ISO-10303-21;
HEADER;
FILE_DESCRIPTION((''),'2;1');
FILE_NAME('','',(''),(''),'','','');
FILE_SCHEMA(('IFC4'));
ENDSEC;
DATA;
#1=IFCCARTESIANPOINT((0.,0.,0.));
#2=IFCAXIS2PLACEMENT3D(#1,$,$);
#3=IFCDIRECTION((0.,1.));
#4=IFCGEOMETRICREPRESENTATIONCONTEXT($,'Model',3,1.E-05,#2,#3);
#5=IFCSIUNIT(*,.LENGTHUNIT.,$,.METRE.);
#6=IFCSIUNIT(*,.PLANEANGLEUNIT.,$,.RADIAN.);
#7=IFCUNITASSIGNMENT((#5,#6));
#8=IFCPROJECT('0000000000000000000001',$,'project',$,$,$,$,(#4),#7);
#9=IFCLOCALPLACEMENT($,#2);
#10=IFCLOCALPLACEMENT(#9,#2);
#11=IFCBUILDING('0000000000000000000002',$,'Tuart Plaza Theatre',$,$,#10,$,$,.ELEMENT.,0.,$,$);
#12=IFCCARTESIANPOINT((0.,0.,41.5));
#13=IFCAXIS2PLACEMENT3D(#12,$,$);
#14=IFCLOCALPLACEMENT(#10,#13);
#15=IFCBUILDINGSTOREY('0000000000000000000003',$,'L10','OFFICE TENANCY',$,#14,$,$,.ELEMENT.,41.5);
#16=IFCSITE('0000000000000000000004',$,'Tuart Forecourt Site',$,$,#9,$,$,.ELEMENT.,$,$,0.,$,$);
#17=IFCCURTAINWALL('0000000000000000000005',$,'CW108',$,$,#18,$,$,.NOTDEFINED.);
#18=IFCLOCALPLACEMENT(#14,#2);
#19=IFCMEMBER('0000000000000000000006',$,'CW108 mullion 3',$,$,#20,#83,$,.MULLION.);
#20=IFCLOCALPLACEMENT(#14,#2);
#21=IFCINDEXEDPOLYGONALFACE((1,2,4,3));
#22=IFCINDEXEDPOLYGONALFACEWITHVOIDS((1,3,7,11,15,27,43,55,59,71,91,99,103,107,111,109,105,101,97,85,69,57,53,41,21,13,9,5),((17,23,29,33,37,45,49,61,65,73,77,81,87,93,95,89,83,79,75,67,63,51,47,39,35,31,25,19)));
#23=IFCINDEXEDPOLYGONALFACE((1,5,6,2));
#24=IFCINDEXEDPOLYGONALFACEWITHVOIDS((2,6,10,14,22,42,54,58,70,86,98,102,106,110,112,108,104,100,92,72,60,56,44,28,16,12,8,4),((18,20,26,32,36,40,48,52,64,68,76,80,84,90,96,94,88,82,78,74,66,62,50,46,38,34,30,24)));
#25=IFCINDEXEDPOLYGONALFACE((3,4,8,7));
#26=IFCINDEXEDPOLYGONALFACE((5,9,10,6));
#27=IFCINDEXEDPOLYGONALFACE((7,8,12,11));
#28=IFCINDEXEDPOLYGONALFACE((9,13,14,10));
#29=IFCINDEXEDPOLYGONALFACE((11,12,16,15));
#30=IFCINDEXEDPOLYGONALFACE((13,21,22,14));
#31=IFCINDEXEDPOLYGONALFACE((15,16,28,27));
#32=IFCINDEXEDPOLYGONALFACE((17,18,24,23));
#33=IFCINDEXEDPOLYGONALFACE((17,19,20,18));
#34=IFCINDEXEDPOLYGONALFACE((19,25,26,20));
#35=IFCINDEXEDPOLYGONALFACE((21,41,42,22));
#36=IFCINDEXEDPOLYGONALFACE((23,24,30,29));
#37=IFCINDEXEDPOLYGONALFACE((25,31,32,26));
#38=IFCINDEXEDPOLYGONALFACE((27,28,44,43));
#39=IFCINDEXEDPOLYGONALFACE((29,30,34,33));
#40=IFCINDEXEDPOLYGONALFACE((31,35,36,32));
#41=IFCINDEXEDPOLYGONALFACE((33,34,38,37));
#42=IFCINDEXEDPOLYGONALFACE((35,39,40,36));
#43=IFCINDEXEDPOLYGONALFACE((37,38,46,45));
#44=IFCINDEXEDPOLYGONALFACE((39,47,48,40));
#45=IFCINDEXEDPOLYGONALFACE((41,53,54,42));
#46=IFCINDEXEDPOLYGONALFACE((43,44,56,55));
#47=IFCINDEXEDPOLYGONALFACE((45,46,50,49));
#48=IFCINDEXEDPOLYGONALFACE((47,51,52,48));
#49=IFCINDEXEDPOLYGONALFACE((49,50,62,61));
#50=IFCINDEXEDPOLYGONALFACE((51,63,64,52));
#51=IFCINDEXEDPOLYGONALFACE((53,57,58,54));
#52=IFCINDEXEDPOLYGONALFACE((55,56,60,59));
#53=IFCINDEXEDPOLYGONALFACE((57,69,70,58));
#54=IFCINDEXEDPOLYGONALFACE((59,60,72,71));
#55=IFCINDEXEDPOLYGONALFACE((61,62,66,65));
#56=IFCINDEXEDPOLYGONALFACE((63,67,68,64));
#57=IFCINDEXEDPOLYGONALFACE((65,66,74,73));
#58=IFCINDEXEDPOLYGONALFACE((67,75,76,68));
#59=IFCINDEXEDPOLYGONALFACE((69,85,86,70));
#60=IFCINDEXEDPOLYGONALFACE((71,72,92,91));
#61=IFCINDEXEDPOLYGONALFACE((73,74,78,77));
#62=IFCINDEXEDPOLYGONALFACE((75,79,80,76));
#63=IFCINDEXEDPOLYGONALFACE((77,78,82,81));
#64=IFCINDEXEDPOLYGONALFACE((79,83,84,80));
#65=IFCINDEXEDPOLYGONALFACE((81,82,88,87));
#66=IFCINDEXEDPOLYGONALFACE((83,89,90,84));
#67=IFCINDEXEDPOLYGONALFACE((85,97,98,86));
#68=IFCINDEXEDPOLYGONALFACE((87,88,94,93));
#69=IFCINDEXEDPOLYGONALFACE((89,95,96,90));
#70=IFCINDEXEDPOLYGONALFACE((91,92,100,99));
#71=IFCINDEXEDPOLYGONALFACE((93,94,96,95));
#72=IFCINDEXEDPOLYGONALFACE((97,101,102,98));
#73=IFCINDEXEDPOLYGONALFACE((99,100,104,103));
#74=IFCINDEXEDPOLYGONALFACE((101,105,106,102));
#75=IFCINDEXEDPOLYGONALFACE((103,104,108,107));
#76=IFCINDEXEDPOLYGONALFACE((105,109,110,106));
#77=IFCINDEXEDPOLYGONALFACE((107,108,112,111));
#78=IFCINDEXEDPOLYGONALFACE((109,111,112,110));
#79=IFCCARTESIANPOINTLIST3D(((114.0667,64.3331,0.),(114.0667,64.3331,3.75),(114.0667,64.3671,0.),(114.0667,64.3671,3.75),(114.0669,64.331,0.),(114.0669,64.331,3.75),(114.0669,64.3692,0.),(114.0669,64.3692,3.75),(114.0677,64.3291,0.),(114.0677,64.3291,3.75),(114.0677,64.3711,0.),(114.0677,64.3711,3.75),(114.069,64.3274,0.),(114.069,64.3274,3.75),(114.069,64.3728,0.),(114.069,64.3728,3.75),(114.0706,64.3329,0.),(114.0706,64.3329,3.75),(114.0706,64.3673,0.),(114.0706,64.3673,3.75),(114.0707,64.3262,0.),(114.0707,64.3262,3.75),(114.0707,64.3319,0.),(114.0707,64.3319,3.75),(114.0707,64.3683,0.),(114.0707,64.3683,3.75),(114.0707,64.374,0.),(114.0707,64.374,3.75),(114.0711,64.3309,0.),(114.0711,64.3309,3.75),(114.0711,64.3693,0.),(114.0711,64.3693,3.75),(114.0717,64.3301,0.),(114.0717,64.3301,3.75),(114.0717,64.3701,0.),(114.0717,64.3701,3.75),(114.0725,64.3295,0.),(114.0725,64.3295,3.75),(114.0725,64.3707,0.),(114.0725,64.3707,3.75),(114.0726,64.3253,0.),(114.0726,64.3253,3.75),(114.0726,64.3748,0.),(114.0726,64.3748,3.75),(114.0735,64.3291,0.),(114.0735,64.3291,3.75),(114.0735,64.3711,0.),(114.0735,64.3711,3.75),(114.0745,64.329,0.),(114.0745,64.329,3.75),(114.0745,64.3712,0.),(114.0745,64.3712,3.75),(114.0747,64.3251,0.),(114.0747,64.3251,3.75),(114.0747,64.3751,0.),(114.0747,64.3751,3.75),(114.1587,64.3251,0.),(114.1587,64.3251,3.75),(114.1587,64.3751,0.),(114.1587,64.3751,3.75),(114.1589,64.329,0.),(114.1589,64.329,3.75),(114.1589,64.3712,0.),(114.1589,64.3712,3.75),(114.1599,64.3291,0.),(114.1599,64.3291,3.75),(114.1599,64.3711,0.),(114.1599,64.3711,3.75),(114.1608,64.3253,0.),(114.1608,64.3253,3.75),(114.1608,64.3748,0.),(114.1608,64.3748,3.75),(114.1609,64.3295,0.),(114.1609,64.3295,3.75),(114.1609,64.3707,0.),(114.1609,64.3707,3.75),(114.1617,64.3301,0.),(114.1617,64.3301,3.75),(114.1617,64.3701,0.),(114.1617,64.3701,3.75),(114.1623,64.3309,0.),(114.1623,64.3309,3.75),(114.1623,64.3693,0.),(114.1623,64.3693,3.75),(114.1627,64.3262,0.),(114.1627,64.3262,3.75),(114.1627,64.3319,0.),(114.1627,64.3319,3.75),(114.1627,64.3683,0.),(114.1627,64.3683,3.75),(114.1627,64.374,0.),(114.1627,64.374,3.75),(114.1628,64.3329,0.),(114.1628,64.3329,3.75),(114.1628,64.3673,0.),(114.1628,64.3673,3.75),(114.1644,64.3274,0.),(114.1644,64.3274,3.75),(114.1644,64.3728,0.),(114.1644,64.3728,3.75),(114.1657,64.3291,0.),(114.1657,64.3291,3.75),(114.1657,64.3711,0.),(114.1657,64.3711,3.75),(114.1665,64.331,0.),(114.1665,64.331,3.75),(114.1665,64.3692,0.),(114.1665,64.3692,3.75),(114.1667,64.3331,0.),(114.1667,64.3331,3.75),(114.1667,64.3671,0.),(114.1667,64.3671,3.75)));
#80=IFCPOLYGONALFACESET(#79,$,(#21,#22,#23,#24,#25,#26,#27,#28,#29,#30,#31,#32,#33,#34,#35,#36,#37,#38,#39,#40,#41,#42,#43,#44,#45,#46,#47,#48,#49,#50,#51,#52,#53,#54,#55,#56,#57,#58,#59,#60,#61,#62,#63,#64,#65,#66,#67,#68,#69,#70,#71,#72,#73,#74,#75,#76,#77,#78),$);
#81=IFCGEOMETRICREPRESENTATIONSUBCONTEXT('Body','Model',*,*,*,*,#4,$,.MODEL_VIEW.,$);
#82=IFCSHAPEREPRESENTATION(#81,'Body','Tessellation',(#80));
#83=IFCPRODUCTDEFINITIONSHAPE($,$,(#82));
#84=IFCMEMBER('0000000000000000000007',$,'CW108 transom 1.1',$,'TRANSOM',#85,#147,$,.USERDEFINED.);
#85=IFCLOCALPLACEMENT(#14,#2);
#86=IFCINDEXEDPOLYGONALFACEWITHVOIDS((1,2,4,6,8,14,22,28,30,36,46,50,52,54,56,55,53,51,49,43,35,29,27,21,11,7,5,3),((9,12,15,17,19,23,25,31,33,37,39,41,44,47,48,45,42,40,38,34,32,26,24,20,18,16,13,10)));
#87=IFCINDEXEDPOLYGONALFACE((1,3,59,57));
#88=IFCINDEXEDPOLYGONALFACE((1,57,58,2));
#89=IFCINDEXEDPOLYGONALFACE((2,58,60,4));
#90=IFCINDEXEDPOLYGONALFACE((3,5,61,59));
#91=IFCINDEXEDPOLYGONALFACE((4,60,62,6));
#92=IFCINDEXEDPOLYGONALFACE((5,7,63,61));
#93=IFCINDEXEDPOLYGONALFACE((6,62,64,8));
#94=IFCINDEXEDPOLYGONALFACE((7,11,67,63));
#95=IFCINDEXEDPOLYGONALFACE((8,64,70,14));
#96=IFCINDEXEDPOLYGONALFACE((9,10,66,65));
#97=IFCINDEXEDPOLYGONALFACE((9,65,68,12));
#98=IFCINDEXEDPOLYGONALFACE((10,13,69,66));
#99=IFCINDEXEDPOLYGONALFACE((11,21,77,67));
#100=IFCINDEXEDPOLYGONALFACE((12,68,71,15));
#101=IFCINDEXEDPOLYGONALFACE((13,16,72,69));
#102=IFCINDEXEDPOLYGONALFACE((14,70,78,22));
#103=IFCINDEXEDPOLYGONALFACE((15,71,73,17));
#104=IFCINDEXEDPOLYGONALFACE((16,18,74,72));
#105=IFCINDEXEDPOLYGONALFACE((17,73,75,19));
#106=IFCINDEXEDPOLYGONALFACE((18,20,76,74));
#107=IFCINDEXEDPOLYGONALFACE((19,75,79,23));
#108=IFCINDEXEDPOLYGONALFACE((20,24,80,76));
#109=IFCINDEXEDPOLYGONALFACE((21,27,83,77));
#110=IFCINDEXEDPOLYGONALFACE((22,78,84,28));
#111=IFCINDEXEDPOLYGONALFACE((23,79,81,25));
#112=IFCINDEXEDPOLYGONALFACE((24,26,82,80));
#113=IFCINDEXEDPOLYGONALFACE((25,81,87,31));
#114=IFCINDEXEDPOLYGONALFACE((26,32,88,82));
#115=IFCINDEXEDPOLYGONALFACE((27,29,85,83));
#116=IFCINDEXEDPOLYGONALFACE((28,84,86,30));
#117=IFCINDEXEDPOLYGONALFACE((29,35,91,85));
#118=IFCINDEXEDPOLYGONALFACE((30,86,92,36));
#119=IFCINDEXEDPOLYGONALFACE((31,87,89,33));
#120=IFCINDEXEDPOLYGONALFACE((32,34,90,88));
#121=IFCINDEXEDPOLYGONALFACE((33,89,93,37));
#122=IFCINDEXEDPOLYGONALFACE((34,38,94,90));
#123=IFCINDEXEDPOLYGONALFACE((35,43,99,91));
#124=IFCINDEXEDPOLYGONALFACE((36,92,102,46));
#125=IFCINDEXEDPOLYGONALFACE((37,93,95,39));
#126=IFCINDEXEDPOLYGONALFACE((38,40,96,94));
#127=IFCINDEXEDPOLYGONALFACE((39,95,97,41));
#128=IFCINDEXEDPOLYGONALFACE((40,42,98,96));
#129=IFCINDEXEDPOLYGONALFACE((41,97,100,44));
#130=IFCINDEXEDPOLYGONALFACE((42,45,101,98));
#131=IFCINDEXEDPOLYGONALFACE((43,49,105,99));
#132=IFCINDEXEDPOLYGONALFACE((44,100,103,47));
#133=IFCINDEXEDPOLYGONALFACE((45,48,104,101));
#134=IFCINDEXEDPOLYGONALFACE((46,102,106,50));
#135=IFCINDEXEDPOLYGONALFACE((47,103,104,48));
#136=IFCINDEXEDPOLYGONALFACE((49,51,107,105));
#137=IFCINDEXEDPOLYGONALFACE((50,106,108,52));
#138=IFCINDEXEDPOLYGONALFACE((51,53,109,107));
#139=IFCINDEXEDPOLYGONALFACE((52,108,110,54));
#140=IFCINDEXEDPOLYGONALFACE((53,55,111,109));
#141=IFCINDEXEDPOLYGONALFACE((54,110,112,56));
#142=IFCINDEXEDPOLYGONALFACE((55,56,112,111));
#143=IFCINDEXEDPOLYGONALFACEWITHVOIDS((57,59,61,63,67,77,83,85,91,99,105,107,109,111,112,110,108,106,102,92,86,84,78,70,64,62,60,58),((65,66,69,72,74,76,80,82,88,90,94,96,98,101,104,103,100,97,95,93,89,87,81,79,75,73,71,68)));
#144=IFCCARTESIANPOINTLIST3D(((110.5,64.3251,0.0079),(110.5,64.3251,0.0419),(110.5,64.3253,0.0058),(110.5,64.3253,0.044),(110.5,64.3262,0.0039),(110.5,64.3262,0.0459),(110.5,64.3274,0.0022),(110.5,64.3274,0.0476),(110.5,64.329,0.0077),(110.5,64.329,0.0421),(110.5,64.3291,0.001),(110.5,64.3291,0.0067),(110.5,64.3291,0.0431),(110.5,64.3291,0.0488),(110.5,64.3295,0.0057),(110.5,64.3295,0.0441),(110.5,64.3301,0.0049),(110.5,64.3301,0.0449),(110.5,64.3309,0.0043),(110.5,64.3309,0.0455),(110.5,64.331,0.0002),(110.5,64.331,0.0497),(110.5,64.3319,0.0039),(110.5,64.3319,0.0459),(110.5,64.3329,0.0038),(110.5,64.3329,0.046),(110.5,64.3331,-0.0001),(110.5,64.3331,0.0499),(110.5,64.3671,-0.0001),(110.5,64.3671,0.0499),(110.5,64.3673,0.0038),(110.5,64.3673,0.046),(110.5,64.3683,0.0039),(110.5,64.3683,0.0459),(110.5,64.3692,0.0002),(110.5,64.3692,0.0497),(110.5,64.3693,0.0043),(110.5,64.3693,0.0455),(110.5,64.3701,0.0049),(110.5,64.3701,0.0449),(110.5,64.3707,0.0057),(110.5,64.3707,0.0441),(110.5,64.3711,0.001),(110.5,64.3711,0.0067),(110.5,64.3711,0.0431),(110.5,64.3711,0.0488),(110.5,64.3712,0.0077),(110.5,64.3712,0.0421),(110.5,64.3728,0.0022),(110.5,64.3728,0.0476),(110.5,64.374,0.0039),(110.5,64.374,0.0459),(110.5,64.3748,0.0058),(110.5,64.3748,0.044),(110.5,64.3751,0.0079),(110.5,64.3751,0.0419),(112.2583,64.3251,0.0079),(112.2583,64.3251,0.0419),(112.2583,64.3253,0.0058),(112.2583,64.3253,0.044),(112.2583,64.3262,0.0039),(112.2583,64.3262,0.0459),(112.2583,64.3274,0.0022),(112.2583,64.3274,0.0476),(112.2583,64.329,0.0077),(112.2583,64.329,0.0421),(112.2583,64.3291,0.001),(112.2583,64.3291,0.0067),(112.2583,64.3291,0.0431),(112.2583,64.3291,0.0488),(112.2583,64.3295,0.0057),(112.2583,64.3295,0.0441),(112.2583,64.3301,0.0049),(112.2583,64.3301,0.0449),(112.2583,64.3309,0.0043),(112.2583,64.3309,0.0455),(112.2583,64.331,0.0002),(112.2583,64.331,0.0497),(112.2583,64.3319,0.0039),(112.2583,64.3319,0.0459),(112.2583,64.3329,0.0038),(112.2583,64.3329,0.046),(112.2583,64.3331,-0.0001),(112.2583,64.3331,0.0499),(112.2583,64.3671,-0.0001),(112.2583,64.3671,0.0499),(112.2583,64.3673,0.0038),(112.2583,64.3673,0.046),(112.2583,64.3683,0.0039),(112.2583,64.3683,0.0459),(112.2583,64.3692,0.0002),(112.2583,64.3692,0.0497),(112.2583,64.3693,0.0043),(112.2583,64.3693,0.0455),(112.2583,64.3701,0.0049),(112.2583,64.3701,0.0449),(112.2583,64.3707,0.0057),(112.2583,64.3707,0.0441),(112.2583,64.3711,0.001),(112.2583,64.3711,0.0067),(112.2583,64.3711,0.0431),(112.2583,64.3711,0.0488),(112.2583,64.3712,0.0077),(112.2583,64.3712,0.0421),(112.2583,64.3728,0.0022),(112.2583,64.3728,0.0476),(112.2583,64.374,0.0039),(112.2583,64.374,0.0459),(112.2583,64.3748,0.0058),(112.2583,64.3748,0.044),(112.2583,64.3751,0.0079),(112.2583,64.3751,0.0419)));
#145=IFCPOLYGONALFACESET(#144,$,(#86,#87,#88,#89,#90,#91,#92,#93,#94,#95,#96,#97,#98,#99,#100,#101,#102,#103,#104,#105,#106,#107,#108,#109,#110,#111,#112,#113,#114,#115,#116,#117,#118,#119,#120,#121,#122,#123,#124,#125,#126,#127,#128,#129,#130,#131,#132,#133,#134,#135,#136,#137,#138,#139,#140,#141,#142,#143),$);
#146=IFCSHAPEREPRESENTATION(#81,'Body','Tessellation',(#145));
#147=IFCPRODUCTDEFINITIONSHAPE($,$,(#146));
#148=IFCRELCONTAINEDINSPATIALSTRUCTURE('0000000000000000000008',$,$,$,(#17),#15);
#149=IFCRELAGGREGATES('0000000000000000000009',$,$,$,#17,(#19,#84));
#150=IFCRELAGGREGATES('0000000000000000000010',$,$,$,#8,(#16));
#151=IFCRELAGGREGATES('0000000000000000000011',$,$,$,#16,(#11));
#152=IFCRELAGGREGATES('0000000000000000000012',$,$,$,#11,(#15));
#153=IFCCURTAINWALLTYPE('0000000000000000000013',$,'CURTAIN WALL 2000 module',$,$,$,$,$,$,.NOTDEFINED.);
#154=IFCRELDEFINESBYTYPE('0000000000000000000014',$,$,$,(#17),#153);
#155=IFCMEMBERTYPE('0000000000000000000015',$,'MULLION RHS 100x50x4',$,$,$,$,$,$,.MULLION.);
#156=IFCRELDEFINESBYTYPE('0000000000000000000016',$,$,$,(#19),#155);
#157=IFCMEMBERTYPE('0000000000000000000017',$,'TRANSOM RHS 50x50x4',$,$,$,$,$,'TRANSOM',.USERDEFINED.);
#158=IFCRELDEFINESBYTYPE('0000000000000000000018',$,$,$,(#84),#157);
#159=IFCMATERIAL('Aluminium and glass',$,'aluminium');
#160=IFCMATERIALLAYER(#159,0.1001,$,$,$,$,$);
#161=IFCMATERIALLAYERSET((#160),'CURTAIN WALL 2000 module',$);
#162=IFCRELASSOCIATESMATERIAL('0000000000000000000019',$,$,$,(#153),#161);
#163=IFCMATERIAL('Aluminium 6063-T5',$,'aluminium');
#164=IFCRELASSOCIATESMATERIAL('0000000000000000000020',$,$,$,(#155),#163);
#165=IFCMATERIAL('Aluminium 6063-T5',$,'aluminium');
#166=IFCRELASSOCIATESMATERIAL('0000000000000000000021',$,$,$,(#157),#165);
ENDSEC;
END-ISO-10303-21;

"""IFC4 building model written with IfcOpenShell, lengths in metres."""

from ifc_helpers import new_model, si_unit, direction, frame, origin, origin_2d, place, context, subcontext, project, spatial, hollow_rectangle, extrude, material, layer, layer_set, material_profile, profile_set, type_object, element, aggregate, save


model = new_model("IFC4")

# Units and contexts
model_context = context("Model", 3, precision=1e-05, world=origin(), true_north=direction((0.0, 1.0)))
body_context = subcontext(model_context, "Body", "Model", "MODEL_VIEW")
ifc_project = project(units=[si_unit("LENGTHUNIT", "METRE"), si_unit("PLANEANGLEUNIT", "RADIAN")], contexts=[model_context])

# Site, building, storey
site_placement = place(None, origin())
site = spatial("IfcSite", under=ifc_project, at=site_placement, Name="Tuart Forecourt Site", CompositionType="ELEMENT", RefElevation=0.0)
building_placement = place(site_placement, origin())
building = spatial("IfcBuilding", under=site, at=building_placement, Name="Tuart Plaza Theatre", CompositionType="ELEMENT", ElevationOfRefHeight=0.0)
storey_placement = place(building_placement, frame((0.0, 0.0, 41.5)))
storey = spatial("IfcBuildingStorey", under=building, at=storey_placement, Name="L10", Description="OFFICE TENANCY", CompositionType="ELEMENT", Elevation=41.5)

# Curtain wall, members
ifc_material_1 = material(Name="Aluminium and glass", Category="aluminium")
ifc_layer_1 = layer(ifc_material_1, 0.1001)
ifc_layer_set_1 = layer_set([ifc_layer_1], Name="CURTAIN WALL 2000 module")
curtain_wall_type = type_object("IfcCurtainWallType", Name="CURTAIN WALL 2000 module", PredefinedType="NOTDEFINED", material=ifc_layer_set_1)
curtain_wall_placement = place(storey_placement, origin())
curtain_wall = element("IfcCurtainWall", 1, at=curtain_wall_placement, inside=storey, type_object=curtain_wall_type, Name="CW108", PredefinedType="NOTDEFINED")
ifc_material_2 = material(Name="Aluminium 6063-T5", Category="aluminium")
ifc_material_profile_1 = material_profile(ifc_material_2, hollow_rectangle(XDim=0.05, YDim=0.1001, WallThickness=0.0039, InnerFilletRadius=0.0039, OuterFilletRadius=0.0081, at=origin_2d()), Name="RHS 100x50x4")
ifc_profile_set_1 = profile_set([ifc_material_profile_1], Name="Aluminium 6063-T5")
member_type_1 = type_object("IfcMemberType", Name="MULLION RHS 100x50x4", PredefinedType="MULLION", material=ifc_profile_set_1)
member_1_placement = place(storey_placement, frame((114.1167, 64.3501, 0.0), z_axis=(0.0, 0.0, 1.0), x_axis=(0.0, 1.0, 0.0)))
member_1 = element("IfcMember", 2, at=member_1_placement, type_object=member_type_1, Name="CW108 mullion 3", PredefinedType="MULLION", context=body_context, shape_type="SweptSolid", body=[
    extrude(hollow_rectangle(XDim=0.05, YDim=0.1001, WallThickness=0.0039, InnerFilletRadius=0.0039, OuterFilletRadius=0.0081, at=origin_2d()), origin(), (0.0, 0.0, 1.0), 3.75),
])
ifc_material_3 = material(Name="Aluminium 6063-T5", Category="aluminium")
ifc_material_profile_2 = material_profile(ifc_material_3, hollow_rectangle(XDim=0.05, YDim=0.05, WallThickness=0.0039, InnerFilletRadius=0.0039, OuterFilletRadius=0.0081, at=origin_2d()), Name="RHS 50x50x4")
ifc_profile_set_2 = profile_set([ifc_material_profile_2], Name="Aluminium 6063-T5")
member_type_2 = type_object("IfcMemberType", Name="TRANSOM RHS 50x50x4", ElementType="TRANSOM", PredefinedType="USERDEFINED", material=ifc_profile_set_2)
member_2_placement = place(storey_placement, frame((110.5, 64.3501, 0.0249), z_axis=(1.0, 0.0, 0.0), x_axis=(0.0, 1.0, 0.0)))
member_2 = element("IfcMember", 3, at=member_2_placement, type_object=member_type_2, Name="CW108 transom 1.1", ObjectType="TRANSOM", PredefinedType="USERDEFINED", context=body_context, shape_type="SweptSolid", body=[
    extrude(hollow_rectangle(XDim=0.05, YDim=0.05, WallThickness=0.0039, InnerFilletRadius=0.0039, OuterFilletRadius=0.0081, at=origin_2d()), origin(), (0.0, 0.0, 1.0), 1.7583),
])
aggregate(curtain_wall, [member_1, member_2])

save(model, "model.ifc")
